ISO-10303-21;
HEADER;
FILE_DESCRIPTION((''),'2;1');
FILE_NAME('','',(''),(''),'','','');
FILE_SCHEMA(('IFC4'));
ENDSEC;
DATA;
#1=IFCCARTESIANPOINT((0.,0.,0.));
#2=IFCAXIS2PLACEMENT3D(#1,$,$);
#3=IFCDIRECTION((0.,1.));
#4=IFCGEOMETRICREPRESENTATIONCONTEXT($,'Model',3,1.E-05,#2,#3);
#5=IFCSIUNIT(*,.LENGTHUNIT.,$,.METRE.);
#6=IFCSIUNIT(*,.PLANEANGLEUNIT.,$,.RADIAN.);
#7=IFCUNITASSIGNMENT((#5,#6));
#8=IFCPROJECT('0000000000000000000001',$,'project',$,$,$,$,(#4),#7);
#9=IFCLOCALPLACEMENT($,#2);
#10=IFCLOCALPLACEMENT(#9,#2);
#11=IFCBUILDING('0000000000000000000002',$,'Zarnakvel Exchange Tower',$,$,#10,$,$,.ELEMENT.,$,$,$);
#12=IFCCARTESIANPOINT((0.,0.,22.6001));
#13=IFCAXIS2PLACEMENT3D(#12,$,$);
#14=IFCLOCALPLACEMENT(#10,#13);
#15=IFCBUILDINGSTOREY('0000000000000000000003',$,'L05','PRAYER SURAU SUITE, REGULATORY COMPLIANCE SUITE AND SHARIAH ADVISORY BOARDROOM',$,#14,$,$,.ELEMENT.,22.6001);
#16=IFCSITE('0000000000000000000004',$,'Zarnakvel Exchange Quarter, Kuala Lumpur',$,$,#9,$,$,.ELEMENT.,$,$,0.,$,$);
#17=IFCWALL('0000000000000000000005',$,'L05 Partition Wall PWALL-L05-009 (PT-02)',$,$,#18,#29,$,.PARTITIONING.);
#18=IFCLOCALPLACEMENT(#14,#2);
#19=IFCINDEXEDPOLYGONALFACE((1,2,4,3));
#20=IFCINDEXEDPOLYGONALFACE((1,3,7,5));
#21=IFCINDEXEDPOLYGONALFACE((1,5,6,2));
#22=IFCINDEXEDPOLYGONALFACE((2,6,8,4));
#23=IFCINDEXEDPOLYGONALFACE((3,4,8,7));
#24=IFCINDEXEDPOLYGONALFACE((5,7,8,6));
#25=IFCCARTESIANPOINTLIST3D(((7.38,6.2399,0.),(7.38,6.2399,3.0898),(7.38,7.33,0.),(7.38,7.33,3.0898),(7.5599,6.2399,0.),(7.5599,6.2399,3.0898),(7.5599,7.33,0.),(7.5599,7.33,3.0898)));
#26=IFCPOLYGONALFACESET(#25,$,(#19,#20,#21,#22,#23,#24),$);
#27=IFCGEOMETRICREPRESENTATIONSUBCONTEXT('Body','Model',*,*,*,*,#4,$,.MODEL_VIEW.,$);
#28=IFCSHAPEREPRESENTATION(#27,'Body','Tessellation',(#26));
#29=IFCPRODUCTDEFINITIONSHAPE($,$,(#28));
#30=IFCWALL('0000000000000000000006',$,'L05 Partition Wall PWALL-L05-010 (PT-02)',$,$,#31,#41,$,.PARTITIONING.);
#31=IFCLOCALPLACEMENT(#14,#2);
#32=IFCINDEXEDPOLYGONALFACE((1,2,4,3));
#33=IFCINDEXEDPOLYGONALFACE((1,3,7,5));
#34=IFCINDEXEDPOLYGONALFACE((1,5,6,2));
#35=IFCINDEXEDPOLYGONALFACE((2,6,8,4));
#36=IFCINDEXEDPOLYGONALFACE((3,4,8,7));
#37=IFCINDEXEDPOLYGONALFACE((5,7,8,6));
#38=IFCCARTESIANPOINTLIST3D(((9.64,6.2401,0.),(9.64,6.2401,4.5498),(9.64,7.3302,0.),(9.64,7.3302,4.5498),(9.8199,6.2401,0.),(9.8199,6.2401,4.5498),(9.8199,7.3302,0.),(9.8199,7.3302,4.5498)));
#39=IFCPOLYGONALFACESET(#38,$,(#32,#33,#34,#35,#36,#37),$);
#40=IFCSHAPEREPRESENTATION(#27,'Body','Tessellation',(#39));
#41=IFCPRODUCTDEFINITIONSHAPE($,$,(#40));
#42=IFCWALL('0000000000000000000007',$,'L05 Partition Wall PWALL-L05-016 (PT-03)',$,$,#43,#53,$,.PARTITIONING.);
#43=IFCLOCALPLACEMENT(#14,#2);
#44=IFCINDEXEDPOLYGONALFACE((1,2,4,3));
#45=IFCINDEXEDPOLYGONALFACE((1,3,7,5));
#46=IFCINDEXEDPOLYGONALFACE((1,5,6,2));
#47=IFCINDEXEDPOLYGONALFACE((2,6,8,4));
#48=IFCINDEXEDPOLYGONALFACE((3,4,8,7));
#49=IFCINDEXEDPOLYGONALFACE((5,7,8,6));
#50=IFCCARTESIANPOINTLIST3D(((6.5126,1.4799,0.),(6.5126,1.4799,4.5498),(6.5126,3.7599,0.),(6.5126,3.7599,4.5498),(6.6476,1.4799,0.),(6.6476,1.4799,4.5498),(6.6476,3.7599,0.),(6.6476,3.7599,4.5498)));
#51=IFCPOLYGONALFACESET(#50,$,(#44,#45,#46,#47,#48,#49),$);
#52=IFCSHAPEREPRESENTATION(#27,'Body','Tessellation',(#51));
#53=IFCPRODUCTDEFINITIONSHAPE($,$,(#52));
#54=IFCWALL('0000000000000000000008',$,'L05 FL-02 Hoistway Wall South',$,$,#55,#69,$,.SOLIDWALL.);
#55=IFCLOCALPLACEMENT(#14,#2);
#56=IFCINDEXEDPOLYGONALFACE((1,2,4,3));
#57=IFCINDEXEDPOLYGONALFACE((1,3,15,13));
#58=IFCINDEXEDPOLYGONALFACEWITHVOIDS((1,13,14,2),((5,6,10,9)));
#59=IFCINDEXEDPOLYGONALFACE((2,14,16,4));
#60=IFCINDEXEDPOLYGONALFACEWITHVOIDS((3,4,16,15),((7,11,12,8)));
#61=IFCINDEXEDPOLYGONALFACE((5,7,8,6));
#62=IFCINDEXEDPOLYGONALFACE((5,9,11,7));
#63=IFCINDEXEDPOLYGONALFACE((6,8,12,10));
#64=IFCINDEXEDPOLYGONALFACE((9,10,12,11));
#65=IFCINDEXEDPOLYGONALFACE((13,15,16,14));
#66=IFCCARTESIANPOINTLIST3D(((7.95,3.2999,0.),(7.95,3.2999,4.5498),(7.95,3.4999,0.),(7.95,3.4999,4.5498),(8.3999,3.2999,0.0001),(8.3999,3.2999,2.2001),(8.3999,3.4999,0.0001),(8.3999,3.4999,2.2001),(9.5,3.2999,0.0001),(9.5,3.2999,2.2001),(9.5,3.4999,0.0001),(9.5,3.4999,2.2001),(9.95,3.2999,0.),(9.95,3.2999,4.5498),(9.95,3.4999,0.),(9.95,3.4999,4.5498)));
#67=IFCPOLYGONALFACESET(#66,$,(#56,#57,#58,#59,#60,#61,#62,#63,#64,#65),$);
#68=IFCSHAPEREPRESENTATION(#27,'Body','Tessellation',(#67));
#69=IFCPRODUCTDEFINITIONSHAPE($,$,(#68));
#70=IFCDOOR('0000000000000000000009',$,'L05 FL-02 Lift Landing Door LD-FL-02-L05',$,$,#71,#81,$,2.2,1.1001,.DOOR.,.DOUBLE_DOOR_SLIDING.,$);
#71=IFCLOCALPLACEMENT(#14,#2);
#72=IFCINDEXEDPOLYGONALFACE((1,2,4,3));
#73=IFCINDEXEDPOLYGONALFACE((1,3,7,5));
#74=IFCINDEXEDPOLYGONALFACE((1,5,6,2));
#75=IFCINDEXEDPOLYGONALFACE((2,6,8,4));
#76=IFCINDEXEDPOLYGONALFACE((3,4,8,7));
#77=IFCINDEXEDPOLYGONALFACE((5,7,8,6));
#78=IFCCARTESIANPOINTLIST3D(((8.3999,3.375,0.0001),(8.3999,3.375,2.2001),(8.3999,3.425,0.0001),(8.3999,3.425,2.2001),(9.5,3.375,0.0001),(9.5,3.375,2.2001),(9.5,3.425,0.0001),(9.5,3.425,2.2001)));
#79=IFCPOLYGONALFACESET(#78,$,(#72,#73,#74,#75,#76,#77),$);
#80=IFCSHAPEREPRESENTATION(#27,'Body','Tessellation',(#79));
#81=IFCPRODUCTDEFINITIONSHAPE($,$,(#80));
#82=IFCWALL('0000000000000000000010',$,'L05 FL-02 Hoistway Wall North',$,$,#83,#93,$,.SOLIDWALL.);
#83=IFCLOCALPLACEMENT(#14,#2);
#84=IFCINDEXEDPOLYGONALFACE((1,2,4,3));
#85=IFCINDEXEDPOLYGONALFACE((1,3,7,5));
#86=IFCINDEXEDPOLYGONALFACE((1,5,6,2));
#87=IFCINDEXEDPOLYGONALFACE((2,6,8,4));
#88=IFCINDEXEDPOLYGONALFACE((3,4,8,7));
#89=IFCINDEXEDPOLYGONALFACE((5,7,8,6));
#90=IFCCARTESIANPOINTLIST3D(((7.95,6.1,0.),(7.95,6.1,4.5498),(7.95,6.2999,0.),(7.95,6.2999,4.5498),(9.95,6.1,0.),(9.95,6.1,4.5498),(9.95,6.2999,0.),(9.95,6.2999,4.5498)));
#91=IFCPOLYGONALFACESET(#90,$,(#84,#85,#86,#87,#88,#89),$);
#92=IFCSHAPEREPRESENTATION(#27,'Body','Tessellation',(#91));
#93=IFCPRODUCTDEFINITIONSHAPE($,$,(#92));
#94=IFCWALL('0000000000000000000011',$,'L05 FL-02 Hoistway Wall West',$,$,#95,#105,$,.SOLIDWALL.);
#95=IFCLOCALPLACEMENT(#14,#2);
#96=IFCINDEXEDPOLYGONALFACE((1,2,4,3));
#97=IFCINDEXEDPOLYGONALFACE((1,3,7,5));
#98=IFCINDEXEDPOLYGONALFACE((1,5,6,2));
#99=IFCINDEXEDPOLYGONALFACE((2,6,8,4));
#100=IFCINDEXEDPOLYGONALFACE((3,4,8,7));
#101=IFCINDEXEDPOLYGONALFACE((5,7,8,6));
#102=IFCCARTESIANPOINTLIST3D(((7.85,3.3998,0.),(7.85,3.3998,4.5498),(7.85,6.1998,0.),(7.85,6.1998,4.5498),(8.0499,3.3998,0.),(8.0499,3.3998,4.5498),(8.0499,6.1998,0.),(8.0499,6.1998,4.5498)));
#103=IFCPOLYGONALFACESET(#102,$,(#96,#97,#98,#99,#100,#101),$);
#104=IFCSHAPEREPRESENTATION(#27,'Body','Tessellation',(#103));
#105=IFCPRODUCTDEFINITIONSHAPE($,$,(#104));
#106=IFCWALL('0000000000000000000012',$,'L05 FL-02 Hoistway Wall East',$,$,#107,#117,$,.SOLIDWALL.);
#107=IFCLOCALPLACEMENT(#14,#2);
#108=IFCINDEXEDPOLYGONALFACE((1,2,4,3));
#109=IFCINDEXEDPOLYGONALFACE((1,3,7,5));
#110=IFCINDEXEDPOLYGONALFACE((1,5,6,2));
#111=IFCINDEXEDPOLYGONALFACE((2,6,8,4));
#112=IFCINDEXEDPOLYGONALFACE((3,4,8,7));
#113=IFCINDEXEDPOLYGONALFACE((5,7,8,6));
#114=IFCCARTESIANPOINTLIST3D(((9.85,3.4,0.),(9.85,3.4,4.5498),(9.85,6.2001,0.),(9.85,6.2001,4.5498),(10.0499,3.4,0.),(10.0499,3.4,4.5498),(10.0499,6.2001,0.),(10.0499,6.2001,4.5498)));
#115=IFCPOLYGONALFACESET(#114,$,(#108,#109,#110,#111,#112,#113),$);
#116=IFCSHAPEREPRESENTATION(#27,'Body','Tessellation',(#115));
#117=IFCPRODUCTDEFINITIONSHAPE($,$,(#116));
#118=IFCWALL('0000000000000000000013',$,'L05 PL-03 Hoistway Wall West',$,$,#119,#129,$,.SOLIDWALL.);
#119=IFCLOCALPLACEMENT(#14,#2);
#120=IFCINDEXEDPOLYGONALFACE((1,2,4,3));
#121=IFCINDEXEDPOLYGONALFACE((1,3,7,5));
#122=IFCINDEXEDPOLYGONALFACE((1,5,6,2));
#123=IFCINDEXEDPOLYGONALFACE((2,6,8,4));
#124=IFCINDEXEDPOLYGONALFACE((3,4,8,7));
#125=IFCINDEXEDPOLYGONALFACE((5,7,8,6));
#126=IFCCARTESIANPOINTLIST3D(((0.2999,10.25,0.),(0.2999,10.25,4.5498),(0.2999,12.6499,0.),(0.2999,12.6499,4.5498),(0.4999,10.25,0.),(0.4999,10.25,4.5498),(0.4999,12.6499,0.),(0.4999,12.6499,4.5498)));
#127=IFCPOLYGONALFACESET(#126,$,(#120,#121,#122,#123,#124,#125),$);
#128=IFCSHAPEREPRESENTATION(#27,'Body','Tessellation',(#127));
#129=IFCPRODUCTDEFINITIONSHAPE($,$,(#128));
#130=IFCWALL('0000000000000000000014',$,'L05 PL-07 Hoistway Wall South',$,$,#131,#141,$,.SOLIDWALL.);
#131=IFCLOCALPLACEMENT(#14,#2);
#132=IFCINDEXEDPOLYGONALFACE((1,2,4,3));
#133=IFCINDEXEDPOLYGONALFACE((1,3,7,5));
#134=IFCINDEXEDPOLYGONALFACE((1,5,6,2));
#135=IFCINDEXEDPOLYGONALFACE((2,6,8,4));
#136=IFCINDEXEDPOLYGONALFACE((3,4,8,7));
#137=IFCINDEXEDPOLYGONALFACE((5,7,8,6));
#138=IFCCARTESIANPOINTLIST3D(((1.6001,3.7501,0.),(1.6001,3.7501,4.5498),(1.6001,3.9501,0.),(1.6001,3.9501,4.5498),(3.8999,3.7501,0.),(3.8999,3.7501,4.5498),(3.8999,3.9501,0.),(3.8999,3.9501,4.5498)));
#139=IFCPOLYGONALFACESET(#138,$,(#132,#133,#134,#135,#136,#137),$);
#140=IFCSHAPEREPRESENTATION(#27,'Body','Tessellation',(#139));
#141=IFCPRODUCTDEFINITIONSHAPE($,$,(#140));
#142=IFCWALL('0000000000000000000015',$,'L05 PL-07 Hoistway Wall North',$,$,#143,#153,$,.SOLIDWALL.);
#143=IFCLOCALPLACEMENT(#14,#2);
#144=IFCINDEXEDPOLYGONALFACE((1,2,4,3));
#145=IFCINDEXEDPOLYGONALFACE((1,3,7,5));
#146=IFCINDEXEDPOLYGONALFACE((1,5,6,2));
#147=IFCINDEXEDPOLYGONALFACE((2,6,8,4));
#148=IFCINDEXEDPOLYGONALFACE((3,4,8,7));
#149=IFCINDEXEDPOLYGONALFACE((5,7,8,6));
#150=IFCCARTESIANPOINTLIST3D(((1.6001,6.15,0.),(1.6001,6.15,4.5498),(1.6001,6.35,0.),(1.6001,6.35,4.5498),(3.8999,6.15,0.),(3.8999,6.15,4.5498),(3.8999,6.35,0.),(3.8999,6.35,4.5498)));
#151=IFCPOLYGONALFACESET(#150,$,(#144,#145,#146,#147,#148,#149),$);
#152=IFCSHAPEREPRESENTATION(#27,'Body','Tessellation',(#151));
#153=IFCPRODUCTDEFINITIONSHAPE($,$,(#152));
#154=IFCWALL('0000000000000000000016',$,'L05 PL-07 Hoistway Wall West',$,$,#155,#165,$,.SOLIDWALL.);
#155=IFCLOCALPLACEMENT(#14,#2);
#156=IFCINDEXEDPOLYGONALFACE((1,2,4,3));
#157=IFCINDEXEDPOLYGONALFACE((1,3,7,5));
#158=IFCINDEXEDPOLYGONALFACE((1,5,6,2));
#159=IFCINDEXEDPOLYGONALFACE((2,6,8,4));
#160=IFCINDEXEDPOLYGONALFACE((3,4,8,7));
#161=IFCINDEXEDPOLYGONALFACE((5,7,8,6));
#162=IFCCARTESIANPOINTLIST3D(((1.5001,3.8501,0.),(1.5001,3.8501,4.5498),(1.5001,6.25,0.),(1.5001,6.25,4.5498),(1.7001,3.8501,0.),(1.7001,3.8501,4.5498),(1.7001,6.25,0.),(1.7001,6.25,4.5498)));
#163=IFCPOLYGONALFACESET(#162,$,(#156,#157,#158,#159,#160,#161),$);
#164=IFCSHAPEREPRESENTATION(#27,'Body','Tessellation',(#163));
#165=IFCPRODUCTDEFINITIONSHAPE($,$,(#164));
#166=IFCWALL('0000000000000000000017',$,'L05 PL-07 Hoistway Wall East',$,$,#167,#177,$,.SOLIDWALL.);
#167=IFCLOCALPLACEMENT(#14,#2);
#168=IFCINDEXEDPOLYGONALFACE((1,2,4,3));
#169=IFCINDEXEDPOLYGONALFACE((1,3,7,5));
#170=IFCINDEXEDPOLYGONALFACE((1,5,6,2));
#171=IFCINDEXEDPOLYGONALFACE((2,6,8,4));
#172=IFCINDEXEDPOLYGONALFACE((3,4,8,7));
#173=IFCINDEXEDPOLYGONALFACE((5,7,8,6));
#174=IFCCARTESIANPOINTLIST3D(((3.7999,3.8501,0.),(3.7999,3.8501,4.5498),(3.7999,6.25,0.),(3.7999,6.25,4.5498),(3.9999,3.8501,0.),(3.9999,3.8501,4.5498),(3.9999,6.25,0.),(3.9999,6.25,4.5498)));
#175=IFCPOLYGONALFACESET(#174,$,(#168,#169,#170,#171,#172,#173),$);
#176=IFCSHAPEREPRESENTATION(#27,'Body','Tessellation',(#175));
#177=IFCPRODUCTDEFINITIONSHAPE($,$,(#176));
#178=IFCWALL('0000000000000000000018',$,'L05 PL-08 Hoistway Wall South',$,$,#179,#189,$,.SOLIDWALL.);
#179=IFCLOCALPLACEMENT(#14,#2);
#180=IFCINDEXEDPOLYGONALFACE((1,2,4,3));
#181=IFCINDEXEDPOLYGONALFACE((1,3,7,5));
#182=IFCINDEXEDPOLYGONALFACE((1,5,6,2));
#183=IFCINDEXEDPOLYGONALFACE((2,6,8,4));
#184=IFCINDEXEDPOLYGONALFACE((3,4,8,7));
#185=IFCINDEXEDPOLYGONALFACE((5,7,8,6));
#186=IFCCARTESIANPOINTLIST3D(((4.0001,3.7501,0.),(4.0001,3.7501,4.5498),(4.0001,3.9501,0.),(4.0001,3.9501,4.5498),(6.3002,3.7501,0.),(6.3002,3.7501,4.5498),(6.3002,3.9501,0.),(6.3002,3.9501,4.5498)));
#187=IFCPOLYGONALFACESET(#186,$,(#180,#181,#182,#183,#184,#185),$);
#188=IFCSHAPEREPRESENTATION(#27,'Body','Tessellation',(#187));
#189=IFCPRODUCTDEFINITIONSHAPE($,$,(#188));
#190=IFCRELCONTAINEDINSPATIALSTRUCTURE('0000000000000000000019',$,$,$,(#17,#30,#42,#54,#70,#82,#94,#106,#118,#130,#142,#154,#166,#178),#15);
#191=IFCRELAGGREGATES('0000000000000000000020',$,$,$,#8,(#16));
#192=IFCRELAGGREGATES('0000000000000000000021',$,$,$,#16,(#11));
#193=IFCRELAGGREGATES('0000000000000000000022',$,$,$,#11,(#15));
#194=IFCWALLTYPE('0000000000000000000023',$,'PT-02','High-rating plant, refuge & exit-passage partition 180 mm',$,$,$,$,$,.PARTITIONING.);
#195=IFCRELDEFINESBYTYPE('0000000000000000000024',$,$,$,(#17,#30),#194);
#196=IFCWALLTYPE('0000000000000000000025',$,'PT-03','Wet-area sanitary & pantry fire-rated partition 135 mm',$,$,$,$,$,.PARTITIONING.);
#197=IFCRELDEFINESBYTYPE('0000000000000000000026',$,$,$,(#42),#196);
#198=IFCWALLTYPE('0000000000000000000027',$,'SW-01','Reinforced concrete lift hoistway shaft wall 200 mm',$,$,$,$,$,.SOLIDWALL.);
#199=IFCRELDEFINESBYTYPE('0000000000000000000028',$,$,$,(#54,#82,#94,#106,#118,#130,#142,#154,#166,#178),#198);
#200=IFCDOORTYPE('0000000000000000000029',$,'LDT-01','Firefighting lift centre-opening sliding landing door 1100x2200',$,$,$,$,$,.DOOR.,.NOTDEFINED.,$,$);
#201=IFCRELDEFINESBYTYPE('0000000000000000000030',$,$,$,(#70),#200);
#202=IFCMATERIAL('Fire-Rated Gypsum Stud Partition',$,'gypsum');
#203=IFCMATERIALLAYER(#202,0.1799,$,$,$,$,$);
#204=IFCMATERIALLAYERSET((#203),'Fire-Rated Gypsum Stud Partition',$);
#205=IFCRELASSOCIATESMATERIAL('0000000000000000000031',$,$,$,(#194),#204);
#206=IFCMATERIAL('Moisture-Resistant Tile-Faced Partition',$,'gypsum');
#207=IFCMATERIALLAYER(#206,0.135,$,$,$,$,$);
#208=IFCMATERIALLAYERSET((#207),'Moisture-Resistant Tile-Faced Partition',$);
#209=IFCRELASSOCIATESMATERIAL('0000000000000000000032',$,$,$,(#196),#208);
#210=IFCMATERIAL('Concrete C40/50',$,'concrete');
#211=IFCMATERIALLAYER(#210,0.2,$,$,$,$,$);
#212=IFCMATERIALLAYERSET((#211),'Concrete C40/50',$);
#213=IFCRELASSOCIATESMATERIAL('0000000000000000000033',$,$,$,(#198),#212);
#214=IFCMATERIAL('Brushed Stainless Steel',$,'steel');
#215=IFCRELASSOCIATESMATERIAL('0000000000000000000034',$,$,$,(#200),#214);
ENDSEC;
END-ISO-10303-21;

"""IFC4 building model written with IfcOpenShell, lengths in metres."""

from ifc_helpers import new_model, si_unit, direction, frame, frame_2d, origin, place, context, subcontext, project, spatial, rectangle, extrude, source, transform, mapped, material, layer, layer_set, type_object, element, fill, save


model = new_model("IFC4")

# Units and contexts
model_context = context("Model", 3, precision=1e-05, world=origin(), true_north=direction((0.0, 1.0)))
body_context = subcontext(model_context, "Body", "Model", "MODEL_VIEW")
ifc_project = project(units=[si_unit("LENGTHUNIT", "METRE"), si_unit("PLANEANGLEUNIT", "RADIAN")], contexts=[model_context])

# Site, building, storey
site_placement = place(None, origin())
site = spatial("IfcSite", under=ifc_project, at=site_placement, Name="Zarnakvel Exchange Quarter, Kuala Lumpur", CompositionType="ELEMENT", RefElevation=0.0)
building_placement = place(site_placement, origin())
building = spatial("IfcBuilding", under=site, at=building_placement, Name="Zarnakvel Exchange Tower", CompositionType="ELEMENT")
storey_placement = place(building_placement, frame((0.0, 0.0, 22.6001)))
storey = spatial("IfcBuildingStorey", under=building, at=storey_placement, Name="L05", Description="PRAYER SURAU SUITE, REGULATORY COMPLIANCE SUITE AND SHARIAH ADVISORY BOARDROOM", CompositionType="ELEMENT", Elevation=22.6001)

# Walls
ifc_material_1 = material(Name="Fire-Rated Gypsum Stud Partition", Category="gypsum")
ifc_layer_1 = layer(ifc_material_1, 0.1799)
ifc_layer_set_1 = layer_set([ifc_layer_1], Name="Fire-Rated Gypsum Stud Partition")
wall_type_1 = type_object("IfcWallType", Name="PT-02", Description="High-rating plant, refuge & exit-passage partition 180 mm", PredefinedType="PARTITIONING", material=ifc_layer_set_1)
wall_1_placement = place(storey_placement, frame((7.47, 6.24, 0.0), z_axis=(0.0, 0.0, 1.0), x_axis=(0.0, 1.0, 0.0)))
element("IfcWall", 1, at=wall_1_placement, inside=storey, type_object=wall_type_1, Name="L05 Partition Wall PWALL-L05-009 (PT-02)", PredefinedType="PARTITIONING", context=body_context, shape_type="SweptSolid", body=[
    extrude(rectangle(XDim=1.0901, YDim=0.1799, at=frame_2d((0.5449, 0.0))), origin(), (0.0, 0.0, 1.0), 3.0898),
])
wall_2_placement = place(storey_placement, frame((9.73, 7.3301, 0.0), z_axis=(0.0, 0.0, 1.0), x_axis=(0.0, -1.0, 0.0)))
element("IfcWall", 2, at=wall_2_placement, inside=storey, type_object=wall_type_1, Name="L05 Partition Wall PWALL-L05-010 (PT-02)", PredefinedType="PARTITIONING", context=body_context, shape_type="SweptSolid", body=[
    extrude(rectangle(XDim=1.0901, YDim=0.1799, at=frame_2d((0.5449, 0.0))), origin(), (0.0, 0.0, 1.0), 4.5498),
])
ifc_material_2 = material(Name="Moisture-Resistant Tile-Faced Partition", Category="gypsum")
ifc_layer_2 = layer(ifc_material_2, 0.135)
ifc_layer_set_2 = layer_set([ifc_layer_2], Name="Moisture-Resistant Tile-Faced Partition")
wall_type_2 = type_object("IfcWallType", Name="PT-03", Description="Wet-area sanitary & pantry fire-rated partition 135 mm", PredefinedType="PARTITIONING", material=ifc_layer_set_2)
wall_3_placement = place(storey_placement, frame((6.5801, 3.76, 0.0), z_axis=(0.0, 0.0, 1.0), x_axis=(0.0, -1.0, 0.0)))
element("IfcWall", 3, at=wall_3_placement, inside=storey, type_object=wall_type_2, Name="L05 Partition Wall PWALL-L05-016 (PT-03)", PredefinedType="PARTITIONING", context=body_context, shape_type="SweptSolid", body=[
    extrude(rectangle(XDim=2.28, YDim=0.135, at=frame_2d((1.1401, 0.0))), origin(), (0.0, 0.0, 1.0), 4.5498),
])

# Wall, opening, door
ifc_material_3 = material(Name="Concrete C40/50", Category="concrete")
ifc_layer_3 = layer(ifc_material_3, 0.2)
ifc_layer_set_3 = layer_set([ifc_layer_3], Name="Concrete C40/50")
wall_type_3 = type_object("IfcWallType", Name="SW-01", Description="Reinforced concrete lift hoistway shaft wall 200 mm", PredefinedType="SOLIDWALL", material=ifc_layer_set_3)
wall_4_placement = place(storey_placement, frame((9.95, 3.3999, 0.0), z_axis=(0.0, 0.0, 1.0), x_axis=(-1.0, 0.0, 0.0)))
wall_4 = element("IfcWall", 4, at=wall_4_placement, inside=storey, type_object=wall_type_3, Name="L05 FL-02 Hoistway Wall South", PredefinedType="SOLIDWALL", context=body_context, shape_type="SweptSolid", body=[
    extrude(rectangle(XDim=2.0, YDim=0.2, at=frame_2d((1.0, 0.0))), origin(), (0.0, 0.0, 1.0), 4.5498),
])
opening_placement = place(wall_4_placement, frame((0.45, 0.0, 0.0)))
opening = element("IfcOpeningElement", 5, at=opening_placement, cuts=wall_4, PredefinedType="OPENING", context=body_context, shape_type="SweptSolid", body=[
    extrude(rectangle(XDim=1.1001, YDim=2.2, at=frame_2d((0.55, 1.1001))), frame((0.0, 0.1099, 0.0), z_axis=(0.0, -1.0, 0.0), x_axis=(1.0, 0.0, 0.0)), (0.0, 0.0, 1.0), 0.22),
])
ifc_material_4 = material(Name="Brushed Stainless Steel", Category="steel")
door_type = type_object("IfcDoorType", Name="LDT-01", Description="Firefighting lift centre-opening sliding landing door 1100x2200", OperationType="NOTDEFINED", PredefinedType="DOOR", material=ifc_material_4)
shared_shape = source(origin(), body_context, "Body", "SweptSolid", [
    extrude(rectangle(XDim=1.1001, YDim=2.2, at=frame_2d((0.55, 1.1001))), frame((0.0, 0.0249, 0.0), z_axis=(0.0, -1.0, 0.0), x_axis=(1.0, 0.0, 0.0)), (0.0, 0.0, 1.0), 0.05),
])
door_placement = place(opening_placement, origin())
door = element("IfcDoor", 6, at=door_placement, inside=storey, type_object=door_type, Name="L05 FL-02 Lift Landing Door LD-FL-02-L05", OperationType="DOUBLE_DOOR_SLIDING", OverallHeight=2.2, OverallWidth=1.1001, PredefinedType="DOOR", context=body_context, shape_type="MappedRepresentation", body=[
    mapped(shared_shape, transform((0.0, 0.0, 0.0), x_axis=(1.0, 0.0, 0.0), y_axis=(0.0, 1.0, 0.0), z_axis=(0.0, 0.0, 1.0), scale=1.0)),
])
fill(opening, door)

# Walls
wall_5_placement = place(storey_placement, frame((7.95, 6.2, 0.0), z_axis=(0.0, 0.0, 1.0), x_axis=(1.0, 0.0, 0.0)))
element("IfcWall", 7, at=wall_5_placement, inside=storey, type_object=wall_type_3, Name="L05 FL-02 Hoistway Wall North", PredefinedType="SOLIDWALL", context=body_context, shape_type="SweptSolid", body=[
    extrude(rectangle(XDim=2.0, YDim=0.2, at=frame_2d((1.0, 0.0))), origin(), (0.0, 0.0, 1.0), 4.5498),
])
for number, where, z_axis, x_axis, name in (
    (8, (7.95, 3.3999, 0.0), (0.0, 0.0, 1.0), (0.0, 1.0, 0.0), "L05 FL-02 Hoistway Wall West"),
    (9, (9.95, 6.2, 0.0), (0.0, 0.0, 1.0), (0.0, -1.0, 0.0), "L05 FL-02 Hoistway Wall East"),
):
    element("IfcWall", number, at=place(storey_placement, frame(where, z_axis=z_axis, x_axis=x_axis)), inside=storey, type_object=wall_type_3, Name=name, PredefinedType="SOLIDWALL", context=body_context, shape_type="SweptSolid", body=[
        extrude(rectangle(XDim=2.8, YDim=0.2, at=frame_2d((1.3999, 0.0))), origin(), (0.0, 0.0, 1.0), 4.5498),
    ])
wall_6_placement = place(storey_placement, frame((0.3999, 10.25, 0.0), z_axis=(0.0, 0.0, 1.0), x_axis=(0.0, 1.0, 0.0)))
element("IfcWall", 10, at=wall_6_placement, inside=storey, type_object=wall_type_3, Name="L05 PL-03 Hoistway Wall West", PredefinedType="SOLIDWALL", context=body_context, shape_type="SweptSolid", body=[
    extrude(rectangle(XDim=2.3999, YDim=0.2, at=frame_2d((1.2, 0.0))), origin(), (0.0, 0.0, 1.0), 4.5498),
])
for number, where, z_axis, x_axis, name in (
    (11, (3.8999, 3.8501, 0.0), (0.0, 0.0, 1.0), (-1.0, 0.0, 0.0), "L05 PL-07 Hoistway Wall South"),
    (12, (1.6001, 6.25, 0.0), (0.0, 0.0, 1.0), (1.0, 0.0, 0.0), "L05 PL-07 Hoistway Wall North"),
):
    element("IfcWall", number, at=place(storey_placement, frame(where, z_axis=z_axis, x_axis=x_axis)), inside=storey, type_object=wall_type_3, Name=name, PredefinedType="SOLIDWALL", context=body_context, shape_type="SweptSolid", body=[
        extrude(rectangle(XDim=2.2998, YDim=0.2, at=frame_2d((1.1499, 0.0))), origin(), (0.0, 0.0, 1.0), 4.5498),
    ])
for number, where, z_axis, x_axis, name in (
    (13, (1.6001, 3.8501, 0.0), (0.0, 0.0, 1.0), (0.0, 1.0, 0.0), "L05 PL-07 Hoistway Wall West"),
    (14, (3.8999, 6.25, 0.0), (0.0, 0.0, 1.0), (0.0, -1.0, 0.0), "L05 PL-07 Hoistway Wall East"),
):
    element("IfcWall", number, at=place(storey_placement, frame(where, z_axis=z_axis, x_axis=x_axis)), inside=storey, type_object=wall_type_3, Name=name, PredefinedType="SOLIDWALL", context=body_context, shape_type="SweptSolid", body=[
        extrude(rectangle(XDim=2.3999, YDim=0.2, at=frame_2d((1.2, 0.0))), origin(), (0.0, 0.0, 1.0), 4.5498),
    ])
for number, where, z_axis, x_axis, name in (
    (15, (6.3, 3.8501, 0.0), (0.0, 0.0, 1.0), (-1.0, 0.0, 0.0), "L05 PL-08 Hoistway Wall South"),
):
    element("IfcWall", number, at=place(storey_placement, frame(where, z_axis=z_axis, x_axis=x_axis)), inside=storey, type_object=wall_type_3, Name=name, PredefinedType="SOLIDWALL", context=body_context, shape_type="SweptSolid", body=[
        extrude(rectangle(XDim=2.3, YDim=0.2, at=frame_2d((1.1499, 0.0))), origin(), (0.0, 0.0, 1.0), 4.5498),
    ])

save(model, "model.ifc")
